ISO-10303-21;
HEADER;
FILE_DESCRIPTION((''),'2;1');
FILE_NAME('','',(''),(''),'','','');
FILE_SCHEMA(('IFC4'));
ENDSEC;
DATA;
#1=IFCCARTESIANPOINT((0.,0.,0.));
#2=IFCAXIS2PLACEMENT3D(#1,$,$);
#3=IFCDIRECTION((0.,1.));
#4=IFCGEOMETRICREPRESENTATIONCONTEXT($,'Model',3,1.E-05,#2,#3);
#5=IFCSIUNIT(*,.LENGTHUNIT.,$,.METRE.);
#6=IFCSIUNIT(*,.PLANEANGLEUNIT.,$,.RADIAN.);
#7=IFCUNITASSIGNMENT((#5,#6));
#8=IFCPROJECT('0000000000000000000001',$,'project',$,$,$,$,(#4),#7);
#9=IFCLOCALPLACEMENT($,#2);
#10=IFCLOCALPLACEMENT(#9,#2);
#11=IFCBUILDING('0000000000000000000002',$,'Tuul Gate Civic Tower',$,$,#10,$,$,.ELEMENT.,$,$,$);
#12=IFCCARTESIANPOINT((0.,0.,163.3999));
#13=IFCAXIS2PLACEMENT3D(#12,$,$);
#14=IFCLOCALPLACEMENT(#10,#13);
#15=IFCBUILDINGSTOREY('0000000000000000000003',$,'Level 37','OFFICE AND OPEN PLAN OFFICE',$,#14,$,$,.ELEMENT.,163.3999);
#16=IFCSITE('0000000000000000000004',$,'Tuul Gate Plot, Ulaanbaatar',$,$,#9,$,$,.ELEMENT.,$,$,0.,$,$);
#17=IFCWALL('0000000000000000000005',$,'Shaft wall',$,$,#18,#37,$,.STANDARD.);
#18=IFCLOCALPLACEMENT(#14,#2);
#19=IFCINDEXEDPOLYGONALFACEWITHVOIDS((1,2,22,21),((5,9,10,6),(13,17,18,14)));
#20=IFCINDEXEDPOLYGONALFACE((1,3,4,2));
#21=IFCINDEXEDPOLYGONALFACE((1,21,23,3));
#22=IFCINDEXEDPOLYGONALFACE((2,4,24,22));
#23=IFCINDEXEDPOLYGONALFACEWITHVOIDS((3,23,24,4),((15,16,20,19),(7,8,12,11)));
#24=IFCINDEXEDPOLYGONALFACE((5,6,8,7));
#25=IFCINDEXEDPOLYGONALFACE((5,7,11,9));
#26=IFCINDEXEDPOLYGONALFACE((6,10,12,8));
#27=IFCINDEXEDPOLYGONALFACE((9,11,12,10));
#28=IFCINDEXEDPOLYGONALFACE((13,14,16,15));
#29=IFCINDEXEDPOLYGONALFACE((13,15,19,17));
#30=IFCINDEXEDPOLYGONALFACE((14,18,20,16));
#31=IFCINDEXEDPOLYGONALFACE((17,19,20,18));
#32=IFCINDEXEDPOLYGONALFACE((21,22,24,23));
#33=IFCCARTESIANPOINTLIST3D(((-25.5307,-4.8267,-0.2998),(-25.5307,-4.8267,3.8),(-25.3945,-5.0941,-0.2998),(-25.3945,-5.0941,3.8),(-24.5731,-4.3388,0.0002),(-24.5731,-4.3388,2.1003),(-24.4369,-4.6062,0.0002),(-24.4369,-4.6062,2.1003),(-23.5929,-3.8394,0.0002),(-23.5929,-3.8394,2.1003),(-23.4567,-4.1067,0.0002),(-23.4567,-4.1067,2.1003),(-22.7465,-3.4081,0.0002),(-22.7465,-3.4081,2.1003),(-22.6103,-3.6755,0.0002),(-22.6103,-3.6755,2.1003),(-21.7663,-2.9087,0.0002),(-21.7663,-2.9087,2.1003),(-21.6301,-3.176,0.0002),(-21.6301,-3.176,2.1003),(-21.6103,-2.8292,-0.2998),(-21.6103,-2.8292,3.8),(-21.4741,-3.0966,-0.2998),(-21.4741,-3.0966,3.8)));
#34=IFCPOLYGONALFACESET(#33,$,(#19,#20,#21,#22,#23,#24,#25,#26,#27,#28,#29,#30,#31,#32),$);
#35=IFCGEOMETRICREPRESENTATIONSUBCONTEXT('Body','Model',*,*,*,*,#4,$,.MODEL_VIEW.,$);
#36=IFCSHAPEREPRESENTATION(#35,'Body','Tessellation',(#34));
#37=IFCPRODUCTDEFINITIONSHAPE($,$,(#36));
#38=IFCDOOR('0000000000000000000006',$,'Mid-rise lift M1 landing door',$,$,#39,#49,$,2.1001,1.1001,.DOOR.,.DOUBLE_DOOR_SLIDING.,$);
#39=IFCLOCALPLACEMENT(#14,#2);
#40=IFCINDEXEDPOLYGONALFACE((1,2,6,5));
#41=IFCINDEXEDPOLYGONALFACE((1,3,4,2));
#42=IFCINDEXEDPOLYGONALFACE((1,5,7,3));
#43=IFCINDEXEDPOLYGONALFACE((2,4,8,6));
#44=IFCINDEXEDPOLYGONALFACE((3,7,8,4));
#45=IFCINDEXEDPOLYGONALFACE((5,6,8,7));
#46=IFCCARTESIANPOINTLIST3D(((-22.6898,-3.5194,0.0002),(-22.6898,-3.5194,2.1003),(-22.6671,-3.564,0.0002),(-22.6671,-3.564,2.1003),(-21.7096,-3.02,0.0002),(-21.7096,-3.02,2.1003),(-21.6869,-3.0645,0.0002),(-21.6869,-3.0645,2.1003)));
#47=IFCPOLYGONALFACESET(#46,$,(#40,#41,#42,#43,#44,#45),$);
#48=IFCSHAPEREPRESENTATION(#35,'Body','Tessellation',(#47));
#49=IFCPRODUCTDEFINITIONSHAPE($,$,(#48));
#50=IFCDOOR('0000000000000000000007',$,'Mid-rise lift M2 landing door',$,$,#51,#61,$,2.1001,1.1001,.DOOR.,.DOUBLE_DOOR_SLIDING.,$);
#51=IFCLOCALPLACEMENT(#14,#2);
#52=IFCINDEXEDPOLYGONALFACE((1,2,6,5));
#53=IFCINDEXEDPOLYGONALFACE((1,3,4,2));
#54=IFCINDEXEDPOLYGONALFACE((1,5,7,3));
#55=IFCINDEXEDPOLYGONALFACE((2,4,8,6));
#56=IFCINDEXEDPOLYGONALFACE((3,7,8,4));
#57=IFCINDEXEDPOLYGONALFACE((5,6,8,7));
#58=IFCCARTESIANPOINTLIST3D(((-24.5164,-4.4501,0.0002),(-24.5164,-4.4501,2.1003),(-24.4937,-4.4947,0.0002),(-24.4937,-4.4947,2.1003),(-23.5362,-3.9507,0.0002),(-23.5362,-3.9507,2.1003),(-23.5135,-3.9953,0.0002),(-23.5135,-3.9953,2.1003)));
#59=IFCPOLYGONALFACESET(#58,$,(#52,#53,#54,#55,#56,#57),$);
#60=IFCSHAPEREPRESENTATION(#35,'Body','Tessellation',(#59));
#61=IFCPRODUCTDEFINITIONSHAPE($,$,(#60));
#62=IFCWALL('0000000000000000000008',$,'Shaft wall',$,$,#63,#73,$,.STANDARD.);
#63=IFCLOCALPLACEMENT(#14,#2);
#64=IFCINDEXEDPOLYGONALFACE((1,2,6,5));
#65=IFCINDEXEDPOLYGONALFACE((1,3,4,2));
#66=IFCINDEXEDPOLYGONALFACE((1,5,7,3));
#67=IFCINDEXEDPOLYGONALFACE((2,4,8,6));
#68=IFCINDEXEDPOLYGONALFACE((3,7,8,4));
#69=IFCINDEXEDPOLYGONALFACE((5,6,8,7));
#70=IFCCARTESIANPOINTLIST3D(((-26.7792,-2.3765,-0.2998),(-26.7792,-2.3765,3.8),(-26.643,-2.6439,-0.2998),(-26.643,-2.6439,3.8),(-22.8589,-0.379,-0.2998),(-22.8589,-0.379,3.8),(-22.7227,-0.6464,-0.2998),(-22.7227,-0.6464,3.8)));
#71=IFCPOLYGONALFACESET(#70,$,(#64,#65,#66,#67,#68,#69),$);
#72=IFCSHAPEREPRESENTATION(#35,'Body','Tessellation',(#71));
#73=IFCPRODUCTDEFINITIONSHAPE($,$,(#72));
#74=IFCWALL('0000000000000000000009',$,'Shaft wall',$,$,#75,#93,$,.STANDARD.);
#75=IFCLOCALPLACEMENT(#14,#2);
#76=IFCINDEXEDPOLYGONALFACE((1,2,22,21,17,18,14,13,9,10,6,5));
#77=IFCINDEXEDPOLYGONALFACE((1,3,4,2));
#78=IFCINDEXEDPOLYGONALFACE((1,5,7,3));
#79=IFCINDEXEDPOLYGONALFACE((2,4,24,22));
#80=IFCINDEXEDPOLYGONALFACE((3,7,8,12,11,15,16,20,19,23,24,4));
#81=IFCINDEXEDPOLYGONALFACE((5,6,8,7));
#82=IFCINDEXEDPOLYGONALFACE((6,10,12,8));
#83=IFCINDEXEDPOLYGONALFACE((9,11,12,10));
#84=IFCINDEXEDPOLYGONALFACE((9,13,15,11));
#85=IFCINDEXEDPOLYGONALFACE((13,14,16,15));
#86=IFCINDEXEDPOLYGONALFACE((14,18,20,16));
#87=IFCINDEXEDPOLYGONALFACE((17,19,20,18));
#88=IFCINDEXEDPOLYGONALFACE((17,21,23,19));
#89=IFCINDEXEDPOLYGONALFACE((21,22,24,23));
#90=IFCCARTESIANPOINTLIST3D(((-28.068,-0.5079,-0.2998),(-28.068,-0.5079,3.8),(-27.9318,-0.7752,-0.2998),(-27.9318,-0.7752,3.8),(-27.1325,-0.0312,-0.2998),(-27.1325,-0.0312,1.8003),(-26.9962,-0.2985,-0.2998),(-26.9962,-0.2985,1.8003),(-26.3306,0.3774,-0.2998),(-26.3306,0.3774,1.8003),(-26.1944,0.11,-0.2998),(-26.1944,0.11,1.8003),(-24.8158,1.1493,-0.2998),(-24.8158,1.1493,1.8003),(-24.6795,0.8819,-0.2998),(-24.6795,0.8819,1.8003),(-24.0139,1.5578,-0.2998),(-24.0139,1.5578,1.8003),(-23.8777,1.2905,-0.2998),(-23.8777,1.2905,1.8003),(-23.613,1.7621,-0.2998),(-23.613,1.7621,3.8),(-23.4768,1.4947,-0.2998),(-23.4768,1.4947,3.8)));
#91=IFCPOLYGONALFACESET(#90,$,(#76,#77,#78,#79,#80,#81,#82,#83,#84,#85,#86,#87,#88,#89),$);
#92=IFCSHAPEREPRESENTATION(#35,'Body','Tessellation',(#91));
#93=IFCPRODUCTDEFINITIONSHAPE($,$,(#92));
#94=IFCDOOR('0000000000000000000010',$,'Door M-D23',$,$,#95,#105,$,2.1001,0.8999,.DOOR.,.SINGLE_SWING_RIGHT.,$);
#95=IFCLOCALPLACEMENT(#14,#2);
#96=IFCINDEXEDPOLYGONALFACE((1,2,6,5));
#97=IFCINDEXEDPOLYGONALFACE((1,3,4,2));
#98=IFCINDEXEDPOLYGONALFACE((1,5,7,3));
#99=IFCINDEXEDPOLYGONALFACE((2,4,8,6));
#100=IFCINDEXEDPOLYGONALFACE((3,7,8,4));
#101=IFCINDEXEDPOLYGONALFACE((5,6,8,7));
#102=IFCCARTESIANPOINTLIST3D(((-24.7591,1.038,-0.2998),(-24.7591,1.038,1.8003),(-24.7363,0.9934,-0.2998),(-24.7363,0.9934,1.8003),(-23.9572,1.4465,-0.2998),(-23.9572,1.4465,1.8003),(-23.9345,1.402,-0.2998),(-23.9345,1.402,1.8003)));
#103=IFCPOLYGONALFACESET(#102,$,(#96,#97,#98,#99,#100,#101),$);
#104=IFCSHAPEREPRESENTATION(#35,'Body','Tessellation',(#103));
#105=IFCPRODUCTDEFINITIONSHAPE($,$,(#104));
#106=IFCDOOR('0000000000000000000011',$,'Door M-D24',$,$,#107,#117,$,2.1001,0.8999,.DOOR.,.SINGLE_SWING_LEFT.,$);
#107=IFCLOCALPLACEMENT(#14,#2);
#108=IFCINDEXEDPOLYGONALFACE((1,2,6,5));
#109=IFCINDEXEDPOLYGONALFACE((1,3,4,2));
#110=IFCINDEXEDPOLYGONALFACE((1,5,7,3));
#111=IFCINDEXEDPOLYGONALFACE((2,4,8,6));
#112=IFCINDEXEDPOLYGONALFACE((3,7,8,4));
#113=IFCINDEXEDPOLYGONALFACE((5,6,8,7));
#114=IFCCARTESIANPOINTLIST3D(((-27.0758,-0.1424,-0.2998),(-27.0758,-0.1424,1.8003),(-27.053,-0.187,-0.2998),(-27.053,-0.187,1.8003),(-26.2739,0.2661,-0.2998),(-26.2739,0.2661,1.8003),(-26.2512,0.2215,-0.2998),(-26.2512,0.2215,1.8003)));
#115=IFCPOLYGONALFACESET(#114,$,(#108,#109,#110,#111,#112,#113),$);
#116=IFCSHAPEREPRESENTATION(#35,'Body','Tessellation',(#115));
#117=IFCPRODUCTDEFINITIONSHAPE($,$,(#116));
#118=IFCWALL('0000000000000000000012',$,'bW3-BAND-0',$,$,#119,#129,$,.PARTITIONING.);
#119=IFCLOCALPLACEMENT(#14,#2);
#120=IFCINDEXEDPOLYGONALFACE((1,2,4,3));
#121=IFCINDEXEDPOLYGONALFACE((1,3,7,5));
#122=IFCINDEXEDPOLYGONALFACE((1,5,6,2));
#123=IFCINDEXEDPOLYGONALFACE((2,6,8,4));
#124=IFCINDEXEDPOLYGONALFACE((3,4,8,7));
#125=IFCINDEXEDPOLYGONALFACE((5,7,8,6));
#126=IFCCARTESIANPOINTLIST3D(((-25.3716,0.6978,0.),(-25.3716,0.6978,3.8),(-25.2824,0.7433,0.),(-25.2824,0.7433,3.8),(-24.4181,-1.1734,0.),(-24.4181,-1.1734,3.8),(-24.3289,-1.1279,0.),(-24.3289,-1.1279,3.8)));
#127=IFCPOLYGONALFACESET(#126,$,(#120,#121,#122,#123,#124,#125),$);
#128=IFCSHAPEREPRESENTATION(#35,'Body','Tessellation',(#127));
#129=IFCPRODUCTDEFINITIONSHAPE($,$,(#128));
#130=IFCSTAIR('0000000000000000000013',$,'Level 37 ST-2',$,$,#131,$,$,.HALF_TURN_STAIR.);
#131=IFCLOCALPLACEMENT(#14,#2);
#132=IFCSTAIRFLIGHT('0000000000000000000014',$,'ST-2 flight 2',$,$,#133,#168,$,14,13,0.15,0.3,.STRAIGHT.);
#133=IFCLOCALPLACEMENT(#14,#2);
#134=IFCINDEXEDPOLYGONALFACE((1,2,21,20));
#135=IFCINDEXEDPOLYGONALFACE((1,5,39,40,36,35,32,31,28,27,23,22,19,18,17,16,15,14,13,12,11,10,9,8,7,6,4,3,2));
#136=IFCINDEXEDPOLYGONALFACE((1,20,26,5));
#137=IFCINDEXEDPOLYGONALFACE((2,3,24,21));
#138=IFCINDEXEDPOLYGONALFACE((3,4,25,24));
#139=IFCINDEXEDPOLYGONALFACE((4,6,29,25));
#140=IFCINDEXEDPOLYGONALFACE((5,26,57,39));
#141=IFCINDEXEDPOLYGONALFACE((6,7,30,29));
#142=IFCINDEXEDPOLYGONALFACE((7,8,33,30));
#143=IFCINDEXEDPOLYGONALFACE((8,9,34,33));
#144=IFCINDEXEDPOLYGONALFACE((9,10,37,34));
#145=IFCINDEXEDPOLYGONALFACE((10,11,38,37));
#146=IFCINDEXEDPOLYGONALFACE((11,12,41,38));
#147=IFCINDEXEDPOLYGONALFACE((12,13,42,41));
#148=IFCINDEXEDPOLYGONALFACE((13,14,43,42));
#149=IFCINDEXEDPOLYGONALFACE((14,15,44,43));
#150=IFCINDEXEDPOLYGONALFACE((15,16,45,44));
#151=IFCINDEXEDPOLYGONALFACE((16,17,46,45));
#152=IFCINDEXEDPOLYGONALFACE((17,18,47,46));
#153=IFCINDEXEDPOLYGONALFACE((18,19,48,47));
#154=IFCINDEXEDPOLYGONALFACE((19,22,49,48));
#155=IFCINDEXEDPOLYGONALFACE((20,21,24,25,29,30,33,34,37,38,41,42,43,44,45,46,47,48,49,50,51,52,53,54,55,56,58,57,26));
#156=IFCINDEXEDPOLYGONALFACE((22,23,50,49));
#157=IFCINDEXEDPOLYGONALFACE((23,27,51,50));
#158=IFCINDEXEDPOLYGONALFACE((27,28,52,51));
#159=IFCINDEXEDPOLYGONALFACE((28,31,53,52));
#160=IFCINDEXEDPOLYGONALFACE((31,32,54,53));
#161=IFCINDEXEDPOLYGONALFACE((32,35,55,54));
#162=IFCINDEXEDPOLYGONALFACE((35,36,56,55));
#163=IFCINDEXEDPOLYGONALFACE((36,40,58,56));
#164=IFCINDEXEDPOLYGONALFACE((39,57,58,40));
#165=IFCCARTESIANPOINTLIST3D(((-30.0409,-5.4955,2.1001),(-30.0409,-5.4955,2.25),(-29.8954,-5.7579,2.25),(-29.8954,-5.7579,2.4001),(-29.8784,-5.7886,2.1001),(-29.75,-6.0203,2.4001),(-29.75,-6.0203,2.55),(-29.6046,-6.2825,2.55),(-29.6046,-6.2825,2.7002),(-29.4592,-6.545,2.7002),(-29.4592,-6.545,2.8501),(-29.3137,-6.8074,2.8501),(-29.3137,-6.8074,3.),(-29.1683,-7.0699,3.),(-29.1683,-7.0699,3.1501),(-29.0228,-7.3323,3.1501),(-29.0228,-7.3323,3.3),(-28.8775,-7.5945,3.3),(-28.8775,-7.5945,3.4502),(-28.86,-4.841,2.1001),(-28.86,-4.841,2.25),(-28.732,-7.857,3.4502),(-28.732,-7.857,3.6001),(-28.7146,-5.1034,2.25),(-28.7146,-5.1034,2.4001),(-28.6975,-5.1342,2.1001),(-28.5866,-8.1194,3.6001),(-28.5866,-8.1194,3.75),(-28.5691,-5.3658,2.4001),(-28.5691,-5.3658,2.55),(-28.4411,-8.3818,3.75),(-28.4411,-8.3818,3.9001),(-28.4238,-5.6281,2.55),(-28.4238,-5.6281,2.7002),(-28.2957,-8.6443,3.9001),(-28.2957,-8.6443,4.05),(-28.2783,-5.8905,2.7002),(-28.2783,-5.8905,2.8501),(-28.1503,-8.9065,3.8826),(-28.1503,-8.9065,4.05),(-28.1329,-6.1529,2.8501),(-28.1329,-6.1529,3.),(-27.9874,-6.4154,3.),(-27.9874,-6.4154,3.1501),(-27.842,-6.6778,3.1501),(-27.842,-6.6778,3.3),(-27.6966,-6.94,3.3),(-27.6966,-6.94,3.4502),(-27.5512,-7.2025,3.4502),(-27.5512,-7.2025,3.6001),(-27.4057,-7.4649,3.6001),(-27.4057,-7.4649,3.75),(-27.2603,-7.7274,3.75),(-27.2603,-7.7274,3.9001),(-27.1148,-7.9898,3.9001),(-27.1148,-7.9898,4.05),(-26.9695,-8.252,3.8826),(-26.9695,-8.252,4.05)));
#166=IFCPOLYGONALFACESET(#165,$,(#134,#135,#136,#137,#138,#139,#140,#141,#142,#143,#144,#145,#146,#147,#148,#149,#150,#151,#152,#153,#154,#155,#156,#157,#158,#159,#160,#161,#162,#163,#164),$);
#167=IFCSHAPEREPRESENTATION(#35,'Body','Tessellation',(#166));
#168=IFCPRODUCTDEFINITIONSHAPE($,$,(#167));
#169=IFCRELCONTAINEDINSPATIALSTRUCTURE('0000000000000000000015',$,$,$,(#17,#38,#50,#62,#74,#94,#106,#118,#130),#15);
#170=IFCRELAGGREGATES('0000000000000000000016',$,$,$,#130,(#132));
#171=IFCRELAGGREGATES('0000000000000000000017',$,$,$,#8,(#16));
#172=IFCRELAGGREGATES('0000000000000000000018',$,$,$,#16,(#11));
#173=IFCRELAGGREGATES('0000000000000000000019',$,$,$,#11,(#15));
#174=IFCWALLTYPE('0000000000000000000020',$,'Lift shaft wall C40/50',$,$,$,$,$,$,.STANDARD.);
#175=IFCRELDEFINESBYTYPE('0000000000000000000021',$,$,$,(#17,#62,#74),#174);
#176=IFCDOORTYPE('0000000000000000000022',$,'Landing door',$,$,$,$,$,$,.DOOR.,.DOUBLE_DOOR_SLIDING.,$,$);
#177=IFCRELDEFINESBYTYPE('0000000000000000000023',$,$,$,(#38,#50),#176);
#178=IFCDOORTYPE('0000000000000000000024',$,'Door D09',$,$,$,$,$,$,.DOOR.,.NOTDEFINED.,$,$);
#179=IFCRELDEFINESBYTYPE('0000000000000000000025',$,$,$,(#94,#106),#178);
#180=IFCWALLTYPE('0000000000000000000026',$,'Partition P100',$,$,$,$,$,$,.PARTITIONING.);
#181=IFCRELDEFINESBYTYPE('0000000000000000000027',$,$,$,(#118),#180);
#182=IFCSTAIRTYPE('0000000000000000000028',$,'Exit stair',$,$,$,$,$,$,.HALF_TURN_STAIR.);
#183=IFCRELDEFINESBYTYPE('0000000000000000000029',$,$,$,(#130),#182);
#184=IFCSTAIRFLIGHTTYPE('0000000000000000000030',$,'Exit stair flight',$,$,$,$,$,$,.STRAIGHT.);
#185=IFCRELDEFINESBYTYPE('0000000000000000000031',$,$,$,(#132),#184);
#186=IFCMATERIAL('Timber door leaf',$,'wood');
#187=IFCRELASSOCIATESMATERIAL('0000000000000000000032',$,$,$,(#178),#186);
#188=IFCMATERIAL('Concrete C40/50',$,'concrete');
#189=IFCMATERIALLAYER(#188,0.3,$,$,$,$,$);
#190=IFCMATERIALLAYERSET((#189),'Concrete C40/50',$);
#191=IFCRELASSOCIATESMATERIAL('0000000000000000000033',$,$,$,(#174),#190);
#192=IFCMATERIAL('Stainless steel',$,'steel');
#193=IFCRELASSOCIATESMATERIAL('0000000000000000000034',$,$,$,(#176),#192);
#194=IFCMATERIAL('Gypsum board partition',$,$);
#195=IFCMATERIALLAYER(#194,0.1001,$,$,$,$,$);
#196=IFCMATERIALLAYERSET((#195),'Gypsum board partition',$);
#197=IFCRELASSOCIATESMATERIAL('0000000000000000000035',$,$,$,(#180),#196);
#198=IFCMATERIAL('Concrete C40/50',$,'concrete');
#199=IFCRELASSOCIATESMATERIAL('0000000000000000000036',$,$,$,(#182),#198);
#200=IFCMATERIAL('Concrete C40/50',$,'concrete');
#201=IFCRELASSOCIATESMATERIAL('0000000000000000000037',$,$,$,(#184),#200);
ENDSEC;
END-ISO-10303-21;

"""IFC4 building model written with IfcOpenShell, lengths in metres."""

from ifc_helpers import new_model, si_unit, direction, frame, frame_2d, origin, place, context, subcontext, project, spatial, polyline, rectangle, outline, extrude, material, layer, layer_set, type_object, element, fill, aggregate, save


model = new_model("IFC4")

# Units and contexts
model_context = context("Model", 3, precision=1e-05, world=origin(), true_north=direction((0.0, 1.0)))
body_context = subcontext(model_context, "Body", "Model", "MODEL_VIEW")
ifc_project = project(units=[si_unit("LENGTHUNIT", "METRE"), si_unit("PLANEANGLEUNIT", "RADIAN")], contexts=[model_context])

# Site, building, storey
site_placement = place(None, origin())
site = spatial("IfcSite", under=ifc_project, at=site_placement, Name="Tuul Gate Plot, Ulaanbaatar", CompositionType="ELEMENT", RefElevation=0.0)
building_placement = place(site_placement, origin())
building = spatial("IfcBuilding", under=site, at=building_placement, Name="Tuul Gate Civic Tower", CompositionType="ELEMENT")
storey_placement = place(building_placement, frame((0.0, 0.0, 163.3999)))
storey = spatial("IfcBuildingStorey", under=building, at=storey_placement, Name="Level 37", Description="OFFICE AND OPEN PLAN OFFICE", CompositionType="ELEMENT", Elevation=163.3999)

# Shared definitions
ifc_material_1 = material(Name="Timber door leaf", Category="wood")
door_type_1 = type_object("IfcDoorType", Name="Door D09", OperationType="NOTDEFINED", PredefinedType="DOOR", material=ifc_material_1)

# Wall, openings, doors
ifc_material_2 = material(Name="Concrete C40/50", Category="concrete")
ifc_layer_1 = layer(ifc_material_2, 0.3)
ifc_layer_set_1 = layer_set([ifc_layer_1], Name="Concrete C40/50")
wall_type_1 = type_object("IfcWallType", Name="Lift shaft wall C40/50", PredefinedType="STANDARD", material=ifc_layer_set_1)
wall_1_placement = place(storey_placement, frame((-21.5422, -2.9629, -0.2998), z_axis=(0.0, 0.0, 1.0), x_axis=(-0.891006, -0.453992, 0.0)))
wall_1 = element("IfcWall", 1, at=wall_1_placement, inside=storey, type_object=wall_type_1, Name="Shaft wall", PredefinedType="STANDARD", context=body_context, shape_type="SweptSolid", body=[
    extrude(rectangle(XDim=4.3999, YDim=0.3, at=frame_2d((2.2, 0.0))), origin(), (0.0, 0.0, 1.0), 4.0999),
])
opening_1_placement = place(wall_1_placement, frame((0.175, 0.0, 0.3)))
opening_1 = element("IfcOpeningElement", 2, at=opening_1_placement, cuts=wall_1, PredefinedType="OPENING", context=body_context, shape_type="SweptSolid", body=[
    extrude(rectangle(XDim=1.1001, YDim=2.1001, at=frame_2d((0.55, 1.05))), frame((0.0, 0.1602, 0.0), z_axis=(0.0, -1.0, 0.0), x_axis=(1.0, 0.0, 0.0)), (0.0, 0.0, 1.0), 0.3201),
])
opening_2_placement = place(wall_1_placement, frame((2.2251, 0.0, 0.3)))
opening_2 = element("IfcOpeningElement", 3, at=opening_2_placement, cuts=wall_1, PredefinedType="OPENING", context=body_context, shape_type="SweptSolid", body=[
    extrude(rectangle(XDim=1.1001, YDim=2.1001, at=frame_2d((0.55, 1.05))), frame((0.0, 0.1602, 0.0), z_axis=(0.0, -1.0, 0.0), x_axis=(1.0, 0.0, 0.0)), (0.0, 0.0, 1.0), 0.3201),
])
ifc_material_3 = material(Name="Stainless steel", Category="steel")
door_type_2 = type_object("IfcDoorType", Name="Landing door", OperationType="DOUBLE_DOOR_SLIDING", PredefinedType="DOOR", material=ifc_material_3)
door_1_placement = place(opening_1_placement, origin())
door_1 = element("IfcDoor", 4, at=door_1_placement, inside=storey, type_object=door_type_2, Name="Mid-rise lift M1 landing door", OperationType="DOUBLE_DOOR_SLIDING", OverallHeight=2.1001, OverallWidth=1.1001, PredefinedType="DOOR", context=body_context, shape_type="SweptSolid", body=[
    extrude(rectangle(XDim=1.1001, YDim=2.1001, at=frame_2d((0.55, 1.05))), frame((0.0, 0.0249, 0.0), z_axis=(0.0, -1.0, 0.0), x_axis=(1.0, 0.0, 0.0)), (0.0, 0.0, 1.0), 0.05),
])
fill(opening_1, door_1)
door_2_placement = place(opening_2_placement, origin())
door_2 = element("IfcDoor", 5, at=door_2_placement, inside=storey, type_object=door_type_2, Name="Mid-rise lift M2 landing door", OperationType="DOUBLE_DOOR_SLIDING", OverallHeight=2.1001, OverallWidth=1.1001, PredefinedType="DOOR", context=body_context, shape_type="SweptSolid", body=[
    extrude(rectangle(XDim=1.1001, YDim=2.1001, at=frame_2d((0.55, 1.05))), frame((0.0, 0.0249, 0.0), z_axis=(0.0, -1.0, 0.0), x_axis=(1.0, 0.0, 0.0)), (0.0, 0.0, 1.0), 0.05),
])
fill(opening_2, door_2)

# Wall
wall_2_placement = place(storey_placement, frame((-22.7908, -0.5127, -0.2998), z_axis=(0.0, 0.0, 1.0), x_axis=(-0.891006, -0.453992, 0.0)))
element("IfcWall", 6, at=wall_2_placement, inside=storey, type_object=wall_type_1, Name="Shaft wall", PredefinedType="STANDARD", context=body_context, shape_type="SweptSolid", body=[
    extrude(rectangle(XDim=4.3999, YDim=0.3, at=frame_2d((2.2, 0.0))), origin(), (0.0, 0.0, 1.0), 4.0999),
])

# Wall, openings, doors
wall_3_placement = place(storey_placement, frame((-23.5449, 1.6284, -0.2998), z_axis=(0.0, 0.0, 1.0), x_axis=(-0.891003, -0.453997, 0.0)))
wall_3 = element("IfcWall", 7, at=wall_3_placement, inside=storey, type_object=wall_type_1, Name="Shaft wall", PredefinedType="STANDARD", context=body_context, shape_type="SweptSolid", body=[
    extrude(rectangle(XDim=5.0, YDim=0.3, at=frame_2d((2.5, 0.0))), origin(), (0.0, 0.0, 1.0), 4.0999),
])
opening_3_placement = place(wall_3_placement, frame((0.45, 0.0, 0.0)))
opening_3 = element("IfcOpeningElement", 8, at=opening_3_placement, cuts=wall_3, PredefinedType="OPENING", context=body_context, shape_type="SweptSolid", body=[
    extrude(rectangle(XDim=0.8999, YDim=2.1001, at=frame_2d((0.45, 1.05))), frame((0.0, 0.1602, 0.0), z_axis=(0.0, -1.0, 0.0), x_axis=(1.0, 0.0, 0.0)), (0.0, 0.0, 1.0), 0.3201),
])
opening_4_placement = place(wall_3_placement, frame((3.05, 0.0, 0.0)))
opening_4 = element("IfcOpeningElement", 9, at=opening_4_placement, cuts=wall_3, PredefinedType="OPENING", context=body_context, shape_type="SweptSolid", body=[
    extrude(rectangle(XDim=0.8999, YDim=2.1001, at=frame_2d((0.45, 1.05))), frame((0.0, 0.1602, 0.0), z_axis=(0.0, -1.0, 0.0), x_axis=(1.0, 0.0, 0.0)), (0.0, 0.0, 1.0), 0.3201),
])
door_3_placement = place(opening_3_placement, origin())
door_3 = element("IfcDoor", 10, at=door_3_placement, inside=storey, type_object=door_type_1, Name="Door M-D23", OperationType="SINGLE_SWING_RIGHT", OverallHeight=2.1001, OverallWidth=0.8999, PredefinedType="DOOR", context=body_context, shape_type="SweptSolid", body=[
    extrude(rectangle(XDim=0.8999, YDim=2.1001, at=frame_2d((0.45, 1.05))), frame((0.0, 0.0249, 0.0), z_axis=(0.0, -1.0, 0.0), x_axis=(1.0, 0.0, 0.0)), (0.0, 0.0, 1.0), 0.05),
])
fill(opening_3, door_3)
door_4_placement = place(opening_4_placement, origin())
door_4 = element("IfcDoor", 11, at=door_4_placement, inside=storey, type_object=door_type_1, Name="Door M-D24", OperationType="SINGLE_SWING_LEFT", OverallHeight=2.1001, OverallWidth=0.8999, PredefinedType="DOOR", context=body_context, shape_type="SweptSolid", body=[
    extrude(rectangle(XDim=0.8999, YDim=2.1001, at=frame_2d((0.45, 1.05))), frame((0.0, 0.0249, 0.0), z_axis=(0.0, -1.0, 0.0), x_axis=(1.0, 0.0, 0.0)), (0.0, 0.0, 1.0), 0.05),
])
fill(opening_4, door_4)

# Wall
ifc_material_4 = material(Name="Gypsum board partition")
ifc_layer_2 = layer(ifc_material_4, 0.1001)
ifc_layer_set_2 = layer_set([ifc_layer_2], Name="Gypsum board partition")
wall_type_2 = type_object("IfcWallType", Name="Partition P100", PredefinedType="PARTITIONING", material=ifc_layer_set_2)
wall_4_placement = place(storey_placement, frame((-24.3735, -1.1506, 0.0), z_axis=(0.0, 0.0, 1.0), x_axis=(-0.45399, 0.891007, 0.0)))
element("IfcWall", 12, at=wall_4_placement, inside=storey, type_object=wall_type_2, Name="bW3-BAND-0", PredefinedType="PARTITIONING", context=body_context, shape_type="SweptSolid", body=[
    extrude(rectangle(XDim=2.1001, YDim=0.1001, at=frame_2d((1.05, 0.0))), origin(), (0.0, 0.0, 1.0), 3.8),
])

# Stair, stair flight
ifc_material_5 = material(Name="Concrete C40/50", Category="concrete")
stair_type = type_object("IfcStairType", Name="Exit stair", PredefinedType="HALF_TURN_STAIR", material=ifc_material_5)
stair_placement = place(storey_placement, origin())
stair = element("IfcStair", 13, at=stair_placement, inside=storey, type_object=stair_type, Name="Level 37 ST-2", PredefinedType="HALF_TURN_STAIR")
ifc_material_6 = material(Name="Concrete C40/50", Category="concrete")
stair_flight_type = type_object("IfcStairFlightType", Name="Exit stair flight", PredefinedType="STRAIGHT", material=ifc_material_6)
stair_flight_placement = place(storey_placement, frame((-29.4504, -5.1682, 2.1001), z_axis=(0.0, 0.0, 1.0), x_axis=(0.484762, -0.874646, 0.0)))
stair_flight = element("IfcStairFlight", 14, at=stair_flight_placement, type_object=stair_flight_type, Name="ST-2 flight 2", NumberOfRisers=14, NumberOfTreads=13, PredefinedType="STRAIGHT", RiserHeight=0.15, TreadLength=0.3, context=body_context, shape_type="SweptSolid", body=[
    extrude(outline(polyline([(0.0, 0.0), (0.0, 0.1499), (0.3, 0.1499), (0.3, 0.3), (0.6001, 0.3), (0.6001, 0.45), (0.8999, 0.45), (0.8999, 0.6001), (1.2, 0.6001), (1.2, 0.75), (1.5, 0.75), (1.5, 0.8999), (1.8, 0.8999), (1.8, 1.05), (2.1001, 1.05), (2.1001, 1.2), (2.3999, 1.2), (2.3999, 1.3501), (2.7, 1.3501), (2.7, 1.5), (3.0, 1.5), (3.0, 1.6499), (3.3, 1.6499), (3.3, 1.8), (3.6001, 1.8), (3.6001, 1.95), (3.8999, 1.95), (3.8999, 2.1001), (3.8999, 1.7825), (0.3352, 0.0), (0.0, 0.0)])), frame((0.0, 0.675, 0.0), z_axis=(0.0, -1.0, 0.0), x_axis=(1.0, 0.0, 0.0)), (0.0, 0.0, 1.0), 1.3501),
])
aggregate(stair, [stair_flight])

save(model, "model.ifc")
